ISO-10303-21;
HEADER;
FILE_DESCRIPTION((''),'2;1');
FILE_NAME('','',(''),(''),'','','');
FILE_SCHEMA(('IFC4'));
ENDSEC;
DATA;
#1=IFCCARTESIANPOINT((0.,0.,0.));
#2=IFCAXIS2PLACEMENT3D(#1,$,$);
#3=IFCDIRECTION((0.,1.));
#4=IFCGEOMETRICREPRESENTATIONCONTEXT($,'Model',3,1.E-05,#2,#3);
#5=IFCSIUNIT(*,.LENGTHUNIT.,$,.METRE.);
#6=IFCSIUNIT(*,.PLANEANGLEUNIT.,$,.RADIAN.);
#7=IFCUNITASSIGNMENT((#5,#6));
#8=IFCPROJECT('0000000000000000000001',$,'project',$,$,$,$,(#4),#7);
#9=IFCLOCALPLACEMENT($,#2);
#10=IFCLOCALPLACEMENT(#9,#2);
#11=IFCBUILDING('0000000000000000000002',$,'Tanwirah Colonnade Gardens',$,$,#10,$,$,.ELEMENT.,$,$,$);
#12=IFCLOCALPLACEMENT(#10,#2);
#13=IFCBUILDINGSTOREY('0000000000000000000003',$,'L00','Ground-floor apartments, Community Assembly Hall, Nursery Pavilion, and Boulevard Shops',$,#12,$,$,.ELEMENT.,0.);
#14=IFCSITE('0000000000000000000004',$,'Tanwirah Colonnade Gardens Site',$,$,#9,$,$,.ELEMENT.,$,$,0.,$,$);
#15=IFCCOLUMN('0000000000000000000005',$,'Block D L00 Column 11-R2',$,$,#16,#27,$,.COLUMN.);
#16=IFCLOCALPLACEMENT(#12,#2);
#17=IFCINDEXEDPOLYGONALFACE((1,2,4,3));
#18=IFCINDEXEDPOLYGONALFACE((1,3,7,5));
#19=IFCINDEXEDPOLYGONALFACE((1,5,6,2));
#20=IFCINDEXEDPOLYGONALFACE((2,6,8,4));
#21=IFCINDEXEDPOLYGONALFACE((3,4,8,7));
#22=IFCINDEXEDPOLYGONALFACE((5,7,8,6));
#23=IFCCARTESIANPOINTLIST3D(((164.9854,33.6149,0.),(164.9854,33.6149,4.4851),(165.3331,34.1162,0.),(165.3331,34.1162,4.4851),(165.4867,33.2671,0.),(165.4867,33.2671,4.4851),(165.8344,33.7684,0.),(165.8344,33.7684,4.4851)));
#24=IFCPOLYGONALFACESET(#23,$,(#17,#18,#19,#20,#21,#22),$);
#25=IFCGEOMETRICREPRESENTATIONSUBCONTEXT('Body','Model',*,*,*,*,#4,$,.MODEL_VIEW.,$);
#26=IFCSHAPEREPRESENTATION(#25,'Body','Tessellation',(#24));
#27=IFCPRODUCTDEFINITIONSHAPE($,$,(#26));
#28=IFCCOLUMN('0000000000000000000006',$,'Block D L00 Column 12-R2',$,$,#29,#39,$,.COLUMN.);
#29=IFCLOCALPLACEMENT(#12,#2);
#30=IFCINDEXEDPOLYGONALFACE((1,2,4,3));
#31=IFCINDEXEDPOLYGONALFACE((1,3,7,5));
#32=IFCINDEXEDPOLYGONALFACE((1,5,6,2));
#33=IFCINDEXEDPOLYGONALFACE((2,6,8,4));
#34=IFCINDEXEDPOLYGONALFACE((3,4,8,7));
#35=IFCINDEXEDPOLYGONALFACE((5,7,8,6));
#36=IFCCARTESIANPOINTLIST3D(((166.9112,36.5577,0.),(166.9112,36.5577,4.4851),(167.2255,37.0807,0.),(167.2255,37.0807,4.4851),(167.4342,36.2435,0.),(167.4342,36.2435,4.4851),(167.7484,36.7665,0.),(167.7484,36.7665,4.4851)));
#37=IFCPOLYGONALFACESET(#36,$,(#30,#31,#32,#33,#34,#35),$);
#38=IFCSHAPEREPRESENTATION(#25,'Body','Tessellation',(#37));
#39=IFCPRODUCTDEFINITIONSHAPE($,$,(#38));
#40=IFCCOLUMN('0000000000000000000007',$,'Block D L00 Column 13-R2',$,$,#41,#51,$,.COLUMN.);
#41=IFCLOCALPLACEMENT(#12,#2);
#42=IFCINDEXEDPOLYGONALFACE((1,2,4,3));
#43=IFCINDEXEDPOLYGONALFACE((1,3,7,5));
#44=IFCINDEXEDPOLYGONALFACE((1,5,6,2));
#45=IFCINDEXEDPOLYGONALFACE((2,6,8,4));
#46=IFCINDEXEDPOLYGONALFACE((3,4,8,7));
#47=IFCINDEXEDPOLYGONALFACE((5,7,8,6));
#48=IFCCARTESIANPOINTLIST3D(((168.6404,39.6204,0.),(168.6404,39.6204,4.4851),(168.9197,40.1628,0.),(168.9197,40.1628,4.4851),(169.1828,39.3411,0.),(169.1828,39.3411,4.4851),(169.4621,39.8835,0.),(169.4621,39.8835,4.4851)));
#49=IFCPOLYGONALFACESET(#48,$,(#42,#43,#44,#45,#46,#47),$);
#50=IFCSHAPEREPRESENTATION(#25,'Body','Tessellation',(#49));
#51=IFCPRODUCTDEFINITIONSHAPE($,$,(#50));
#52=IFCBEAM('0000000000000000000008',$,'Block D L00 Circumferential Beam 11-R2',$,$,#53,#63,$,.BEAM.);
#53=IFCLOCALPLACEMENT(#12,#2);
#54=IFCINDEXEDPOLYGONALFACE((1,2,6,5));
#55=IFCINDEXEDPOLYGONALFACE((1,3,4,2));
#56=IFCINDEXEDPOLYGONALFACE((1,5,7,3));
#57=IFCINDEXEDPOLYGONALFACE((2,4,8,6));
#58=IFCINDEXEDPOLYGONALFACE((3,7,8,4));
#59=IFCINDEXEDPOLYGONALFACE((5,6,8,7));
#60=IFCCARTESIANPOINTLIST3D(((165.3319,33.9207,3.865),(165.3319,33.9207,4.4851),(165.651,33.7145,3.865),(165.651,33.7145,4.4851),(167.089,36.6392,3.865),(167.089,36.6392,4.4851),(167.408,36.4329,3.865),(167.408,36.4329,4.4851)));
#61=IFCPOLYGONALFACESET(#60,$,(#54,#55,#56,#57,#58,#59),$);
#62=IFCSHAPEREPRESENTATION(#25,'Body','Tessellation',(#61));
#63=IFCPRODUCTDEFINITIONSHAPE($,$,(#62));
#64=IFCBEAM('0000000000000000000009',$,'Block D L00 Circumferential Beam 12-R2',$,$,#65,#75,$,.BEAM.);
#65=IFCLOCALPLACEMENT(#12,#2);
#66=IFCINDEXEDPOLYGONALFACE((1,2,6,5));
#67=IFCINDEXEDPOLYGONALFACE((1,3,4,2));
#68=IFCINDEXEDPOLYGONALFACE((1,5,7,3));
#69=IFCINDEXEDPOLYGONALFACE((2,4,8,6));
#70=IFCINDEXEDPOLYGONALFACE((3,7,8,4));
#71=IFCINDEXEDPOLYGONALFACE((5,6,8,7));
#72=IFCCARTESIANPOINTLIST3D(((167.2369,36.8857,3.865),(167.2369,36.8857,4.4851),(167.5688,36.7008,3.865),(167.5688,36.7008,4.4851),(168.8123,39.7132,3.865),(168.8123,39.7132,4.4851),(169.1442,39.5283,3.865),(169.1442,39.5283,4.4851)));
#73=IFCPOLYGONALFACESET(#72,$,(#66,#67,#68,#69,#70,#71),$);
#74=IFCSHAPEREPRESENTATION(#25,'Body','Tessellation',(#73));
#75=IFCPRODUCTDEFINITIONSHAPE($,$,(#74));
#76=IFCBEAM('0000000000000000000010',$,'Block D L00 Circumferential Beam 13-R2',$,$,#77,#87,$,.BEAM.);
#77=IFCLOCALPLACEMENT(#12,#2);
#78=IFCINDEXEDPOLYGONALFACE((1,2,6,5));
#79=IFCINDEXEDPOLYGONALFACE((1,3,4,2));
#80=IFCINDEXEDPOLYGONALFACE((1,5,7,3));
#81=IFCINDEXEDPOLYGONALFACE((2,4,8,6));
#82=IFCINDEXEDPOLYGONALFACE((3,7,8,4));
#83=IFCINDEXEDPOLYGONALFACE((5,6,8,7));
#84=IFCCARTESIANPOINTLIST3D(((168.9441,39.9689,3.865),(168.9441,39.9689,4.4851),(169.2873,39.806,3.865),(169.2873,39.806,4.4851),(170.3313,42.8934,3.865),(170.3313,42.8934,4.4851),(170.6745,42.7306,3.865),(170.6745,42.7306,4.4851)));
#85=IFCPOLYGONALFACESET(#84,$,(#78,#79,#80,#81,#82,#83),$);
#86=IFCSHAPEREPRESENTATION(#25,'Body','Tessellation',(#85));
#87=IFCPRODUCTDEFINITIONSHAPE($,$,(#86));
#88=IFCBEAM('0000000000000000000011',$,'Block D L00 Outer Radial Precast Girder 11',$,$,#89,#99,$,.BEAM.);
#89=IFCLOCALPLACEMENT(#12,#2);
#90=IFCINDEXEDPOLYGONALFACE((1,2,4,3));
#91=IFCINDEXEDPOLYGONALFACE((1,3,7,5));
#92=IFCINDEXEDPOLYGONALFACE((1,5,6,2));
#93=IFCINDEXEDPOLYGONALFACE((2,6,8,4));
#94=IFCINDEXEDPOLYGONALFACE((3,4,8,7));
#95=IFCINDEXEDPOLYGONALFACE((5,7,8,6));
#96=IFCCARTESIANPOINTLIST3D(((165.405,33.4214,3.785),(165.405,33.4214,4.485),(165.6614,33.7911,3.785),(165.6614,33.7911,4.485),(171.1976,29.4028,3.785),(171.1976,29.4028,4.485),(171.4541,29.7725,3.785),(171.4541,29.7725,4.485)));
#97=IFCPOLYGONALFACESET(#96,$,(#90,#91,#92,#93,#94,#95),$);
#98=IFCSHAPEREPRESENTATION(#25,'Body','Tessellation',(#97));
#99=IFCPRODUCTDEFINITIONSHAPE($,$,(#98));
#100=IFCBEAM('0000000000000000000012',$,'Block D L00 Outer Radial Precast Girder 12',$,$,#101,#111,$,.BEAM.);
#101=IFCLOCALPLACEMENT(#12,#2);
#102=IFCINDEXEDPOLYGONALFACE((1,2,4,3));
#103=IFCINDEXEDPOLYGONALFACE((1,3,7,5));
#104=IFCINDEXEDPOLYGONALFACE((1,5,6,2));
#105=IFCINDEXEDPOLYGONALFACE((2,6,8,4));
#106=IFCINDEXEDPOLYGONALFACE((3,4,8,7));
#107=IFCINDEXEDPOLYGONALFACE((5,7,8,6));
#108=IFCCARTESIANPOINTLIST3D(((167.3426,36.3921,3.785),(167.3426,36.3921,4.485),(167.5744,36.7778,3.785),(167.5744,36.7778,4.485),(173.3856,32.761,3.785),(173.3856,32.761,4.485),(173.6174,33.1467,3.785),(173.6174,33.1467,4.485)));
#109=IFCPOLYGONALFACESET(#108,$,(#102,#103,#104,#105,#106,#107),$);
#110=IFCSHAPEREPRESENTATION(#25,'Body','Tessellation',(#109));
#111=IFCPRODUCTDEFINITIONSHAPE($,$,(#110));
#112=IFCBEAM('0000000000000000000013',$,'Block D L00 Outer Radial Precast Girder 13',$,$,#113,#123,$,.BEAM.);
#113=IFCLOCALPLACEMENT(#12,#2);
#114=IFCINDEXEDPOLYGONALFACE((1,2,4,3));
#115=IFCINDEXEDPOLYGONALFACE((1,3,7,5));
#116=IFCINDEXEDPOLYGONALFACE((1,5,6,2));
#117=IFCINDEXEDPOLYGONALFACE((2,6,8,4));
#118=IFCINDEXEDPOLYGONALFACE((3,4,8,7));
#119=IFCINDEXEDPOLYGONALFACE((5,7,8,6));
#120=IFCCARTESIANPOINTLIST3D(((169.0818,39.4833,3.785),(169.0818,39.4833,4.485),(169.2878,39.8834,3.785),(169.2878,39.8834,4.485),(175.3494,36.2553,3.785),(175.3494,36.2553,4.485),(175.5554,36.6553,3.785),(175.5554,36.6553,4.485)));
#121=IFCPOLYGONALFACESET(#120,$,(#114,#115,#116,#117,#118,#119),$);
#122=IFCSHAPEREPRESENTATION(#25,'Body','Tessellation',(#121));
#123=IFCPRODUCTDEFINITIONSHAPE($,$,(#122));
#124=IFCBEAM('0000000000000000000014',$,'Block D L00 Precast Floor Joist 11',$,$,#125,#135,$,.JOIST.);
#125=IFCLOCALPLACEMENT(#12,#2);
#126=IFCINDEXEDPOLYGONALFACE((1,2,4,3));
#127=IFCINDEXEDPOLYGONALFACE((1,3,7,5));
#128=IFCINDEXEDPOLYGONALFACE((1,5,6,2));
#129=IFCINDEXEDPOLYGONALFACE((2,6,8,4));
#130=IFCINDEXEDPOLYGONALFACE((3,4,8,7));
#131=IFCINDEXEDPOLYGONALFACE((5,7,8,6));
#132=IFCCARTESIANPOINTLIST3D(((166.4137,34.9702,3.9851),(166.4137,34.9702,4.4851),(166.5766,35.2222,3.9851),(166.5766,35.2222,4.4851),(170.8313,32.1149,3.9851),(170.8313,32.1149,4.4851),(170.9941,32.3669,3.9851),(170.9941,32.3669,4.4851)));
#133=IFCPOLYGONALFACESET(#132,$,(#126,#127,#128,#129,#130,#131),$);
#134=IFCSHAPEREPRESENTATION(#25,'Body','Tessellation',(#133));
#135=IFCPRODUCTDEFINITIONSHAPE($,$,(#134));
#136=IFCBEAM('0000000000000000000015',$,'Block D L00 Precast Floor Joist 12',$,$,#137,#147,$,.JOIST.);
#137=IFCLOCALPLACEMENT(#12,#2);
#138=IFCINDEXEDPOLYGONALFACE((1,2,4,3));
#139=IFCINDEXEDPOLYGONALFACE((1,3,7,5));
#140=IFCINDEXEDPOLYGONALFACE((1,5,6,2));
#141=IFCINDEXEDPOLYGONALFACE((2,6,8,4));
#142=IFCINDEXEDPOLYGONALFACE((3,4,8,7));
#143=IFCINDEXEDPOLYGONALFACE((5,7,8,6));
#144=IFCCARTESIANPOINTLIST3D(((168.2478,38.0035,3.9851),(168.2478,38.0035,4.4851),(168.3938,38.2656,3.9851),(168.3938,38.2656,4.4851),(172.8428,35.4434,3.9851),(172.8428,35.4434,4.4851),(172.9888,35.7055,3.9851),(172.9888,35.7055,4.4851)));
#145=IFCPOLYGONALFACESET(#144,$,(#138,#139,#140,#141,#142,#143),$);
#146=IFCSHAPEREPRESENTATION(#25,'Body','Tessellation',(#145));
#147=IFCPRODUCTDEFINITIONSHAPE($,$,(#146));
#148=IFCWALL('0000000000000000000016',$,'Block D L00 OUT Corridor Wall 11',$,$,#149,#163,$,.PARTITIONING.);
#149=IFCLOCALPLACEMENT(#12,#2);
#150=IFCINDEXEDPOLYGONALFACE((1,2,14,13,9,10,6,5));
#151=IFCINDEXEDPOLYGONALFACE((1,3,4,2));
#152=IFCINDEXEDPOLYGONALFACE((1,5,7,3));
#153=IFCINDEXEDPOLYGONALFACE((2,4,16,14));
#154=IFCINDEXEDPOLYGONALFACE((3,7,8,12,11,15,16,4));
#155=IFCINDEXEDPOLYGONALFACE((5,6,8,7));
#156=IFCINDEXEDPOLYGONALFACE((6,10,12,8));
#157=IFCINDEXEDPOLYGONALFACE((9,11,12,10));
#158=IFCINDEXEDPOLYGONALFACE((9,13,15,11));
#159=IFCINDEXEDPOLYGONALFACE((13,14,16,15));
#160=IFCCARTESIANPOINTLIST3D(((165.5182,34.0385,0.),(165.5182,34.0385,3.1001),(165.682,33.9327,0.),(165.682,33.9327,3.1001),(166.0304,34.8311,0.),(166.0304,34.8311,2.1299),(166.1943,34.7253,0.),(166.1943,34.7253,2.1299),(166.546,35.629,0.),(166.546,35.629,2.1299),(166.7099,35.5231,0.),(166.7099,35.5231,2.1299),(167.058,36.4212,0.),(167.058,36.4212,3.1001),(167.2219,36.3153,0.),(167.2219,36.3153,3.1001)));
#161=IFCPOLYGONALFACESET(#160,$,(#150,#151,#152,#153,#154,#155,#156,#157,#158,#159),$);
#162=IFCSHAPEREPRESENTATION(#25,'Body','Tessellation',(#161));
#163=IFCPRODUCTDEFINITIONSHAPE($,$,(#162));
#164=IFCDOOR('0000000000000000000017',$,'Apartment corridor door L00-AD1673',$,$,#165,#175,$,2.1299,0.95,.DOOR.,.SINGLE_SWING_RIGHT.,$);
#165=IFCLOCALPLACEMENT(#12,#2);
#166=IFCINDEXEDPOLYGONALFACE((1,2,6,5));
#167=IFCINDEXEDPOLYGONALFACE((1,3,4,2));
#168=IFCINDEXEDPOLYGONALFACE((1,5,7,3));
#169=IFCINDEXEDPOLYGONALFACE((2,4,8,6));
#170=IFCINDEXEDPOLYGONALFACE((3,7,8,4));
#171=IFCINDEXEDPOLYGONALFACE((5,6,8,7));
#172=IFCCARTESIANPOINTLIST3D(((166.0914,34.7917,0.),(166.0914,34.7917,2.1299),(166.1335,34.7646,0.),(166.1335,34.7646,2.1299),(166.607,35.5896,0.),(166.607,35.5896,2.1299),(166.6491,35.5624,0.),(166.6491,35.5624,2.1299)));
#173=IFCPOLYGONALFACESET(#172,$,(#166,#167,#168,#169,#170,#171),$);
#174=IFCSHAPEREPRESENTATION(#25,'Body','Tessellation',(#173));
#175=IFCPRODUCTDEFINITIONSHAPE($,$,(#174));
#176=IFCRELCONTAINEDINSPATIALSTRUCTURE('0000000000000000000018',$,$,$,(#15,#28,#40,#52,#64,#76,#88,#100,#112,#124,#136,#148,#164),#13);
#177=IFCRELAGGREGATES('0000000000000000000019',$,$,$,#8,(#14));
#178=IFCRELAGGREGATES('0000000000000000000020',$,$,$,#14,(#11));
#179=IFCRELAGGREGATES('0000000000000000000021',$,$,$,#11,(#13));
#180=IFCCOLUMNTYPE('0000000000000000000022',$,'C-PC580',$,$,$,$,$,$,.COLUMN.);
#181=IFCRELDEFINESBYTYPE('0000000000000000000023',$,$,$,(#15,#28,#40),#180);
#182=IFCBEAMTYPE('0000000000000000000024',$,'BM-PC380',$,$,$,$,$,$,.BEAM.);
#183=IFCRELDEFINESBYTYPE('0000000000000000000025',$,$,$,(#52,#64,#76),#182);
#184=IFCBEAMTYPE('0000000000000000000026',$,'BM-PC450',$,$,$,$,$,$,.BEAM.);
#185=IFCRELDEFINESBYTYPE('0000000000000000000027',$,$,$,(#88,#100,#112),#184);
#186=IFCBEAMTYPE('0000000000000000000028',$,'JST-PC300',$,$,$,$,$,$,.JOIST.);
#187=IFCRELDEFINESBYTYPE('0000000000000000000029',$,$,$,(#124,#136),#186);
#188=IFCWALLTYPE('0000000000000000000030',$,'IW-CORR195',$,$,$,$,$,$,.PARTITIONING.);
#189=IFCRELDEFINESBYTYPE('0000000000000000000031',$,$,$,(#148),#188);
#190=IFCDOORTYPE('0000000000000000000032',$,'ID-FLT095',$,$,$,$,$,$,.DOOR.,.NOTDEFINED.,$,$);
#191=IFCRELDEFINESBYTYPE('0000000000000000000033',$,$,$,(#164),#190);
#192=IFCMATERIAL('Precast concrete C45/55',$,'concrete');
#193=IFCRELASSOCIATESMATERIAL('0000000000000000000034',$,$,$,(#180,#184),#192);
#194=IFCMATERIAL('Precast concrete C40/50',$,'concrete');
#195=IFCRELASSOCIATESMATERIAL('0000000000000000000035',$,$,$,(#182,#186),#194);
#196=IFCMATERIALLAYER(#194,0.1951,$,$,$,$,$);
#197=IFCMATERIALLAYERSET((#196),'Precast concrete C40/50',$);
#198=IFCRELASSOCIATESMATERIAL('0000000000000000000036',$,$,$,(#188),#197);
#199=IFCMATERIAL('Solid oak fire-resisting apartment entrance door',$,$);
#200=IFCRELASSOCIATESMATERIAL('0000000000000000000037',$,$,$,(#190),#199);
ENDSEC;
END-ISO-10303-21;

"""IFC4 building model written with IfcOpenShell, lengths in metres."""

from ifc_helpers import new_model, si_unit, direction, frame, frame_2d, origin, origin_2d, place, context, subcontext, project, spatial, rectangle, extrude, material, layer, layer_set, material_profile, profile_set, type_object, element, fill, save


model = new_model("IFC4")

# Units and contexts
model_context = context("Model", 3, precision=1e-05, world=origin(), true_north=direction((0.0, 1.0)))
body_context = subcontext(model_context, "Body", "Model", "MODEL_VIEW")
ifc_project = project(units=[si_unit("LENGTHUNIT", "METRE"), si_unit("PLANEANGLEUNIT", "RADIAN")], contexts=[model_context])

# Site, building, storey
site_placement = place(None, origin())
site = spatial("IfcSite", under=ifc_project, at=site_placement, Name="Tanwirah Colonnade Gardens Site", CompositionType="ELEMENT", RefElevation=0.0)
building_placement = place(site_placement, origin())
building = spatial("IfcBuilding", under=site, at=building_placement, Name="Tanwirah Colonnade Gardens", CompositionType="ELEMENT")
storey_placement = place(building_placement, origin())
storey = spatial("IfcBuildingStorey", under=building, at=storey_placement, Name="L00", Description="Ground-floor apartments, Community Assembly Hall, Nursery Pavilion, and Boulevard Shops", CompositionType="ELEMENT", Elevation=0.0)

# Columns
ifc_material_1 = material(Name="Precast concrete C45/55", Category="concrete")
ifc_material_profile_1 = material_profile(ifc_material_1, rectangle(XDim=0.6101, YDim=0.6101, at=origin_2d()), Name="PC-COL 610x610")
ifc_profile_set_1 = profile_set([ifc_material_profile_1], Name="Precast concrete C45/55")
column_type = type_object("IfcColumnType", Name="C-PC580", PredefinedType="COLUMN", material=ifc_profile_set_1)
for number, where, z_axis, x_axis, name in (
    (1, (165.4099, 33.6917, 0.0), (0.0, 0.0, 1.0), (0.821647, -0.569997, 0.0), "Block D L00 Column 11-R2"),
    (2, (167.3298, 36.6621, 0.0), (0.0, 0.0, 1.0), (0.857167, -0.515038, 0.0), "Block D L00 Column 12-R2"),
    (3, (169.0513, 39.752, 0.0), (0.0, 0.0, 1.0), (0.889017, -0.457874, 0.0), "Block D L00 Column 13-R2"),
):
    element("IfcColumn", number, at=place(storey_placement, frame(where, z_axis=z_axis, x_axis=x_axis)), inside=storey, type_object=column_type, Name=name, PredefinedType="COLUMN", context=body_context, shape_type="SweptSolid", body=[
        extrude(rectangle(XDim=0.6101, YDim=0.6101, at=origin_2d()), origin(), (0.0, 0.0, 1.0), 4.4851),
    ])

# Beams
ifc_material_2 = material(Name="Precast concrete C40/50", Category="concrete")
ifc_material_profile_2 = material_profile(ifc_material_2, rectangle(XDim=0.3799, YDim=0.6201, at=origin_2d()), Name="PC-BM 380x620")
ifc_profile_set_2 = profile_set([ifc_material_profile_2], Name="Precast concrete C40/50")
beam_type_1 = type_object("IfcBeamType", Name="BM-PC380", PredefinedType="BEAM", material=ifc_profile_set_2)
for number, where, z_axis, x_axis, name in (
    (4, (165.4915, 33.8176, 4.175), (0.542826, 0.839845, 0.0), (-0.839845, 0.542826, 0.0), "Block D L00 Circumferential Beam 11-R2"),
    (5, (167.4028, 36.7932, 4.175), (0.486712, 0.873562, 0.0), (-0.873562, 0.486712, 0.0), "Block D L00 Circumferential Beam 12-R2"),
    (6, (169.1157, 39.8875, 4.175), (0.428563, 0.903512, 0.0), (-0.903512, 0.428563, 0.0), "Block D L00 Circumferential Beam 13-R2"),
):
    element("IfcBeam", number, at=place(storey_placement, frame(where, z_axis=z_axis, x_axis=x_axis)), inside=storey, type_object=beam_type_1, Name=name, PredefinedType="BEAM", context=body_context, shape_type="SweptSolid", body=[
        extrude(rectangle(XDim=0.3799, YDim=0.6201, at=origin_2d()), origin(), (0.0, 0.0, 1.0), 3.2368),
    ])
ifc_material_profile_3 = material_profile(ifc_material_1, rectangle(XDim=0.45, YDim=0.7, at=origin_2d()), Name="PC-BM 450x700")
ifc_profile_set_3 = profile_set([ifc_material_profile_3], Name="Precast concrete C45/55")
beam_type_2 = type_object("IfcBeamType", Name="BM-PC450", PredefinedType="BEAM", material=ifc_profile_set_3)
for number, where, z_axis, x_axis, name in (
    (7, (165.5332, 33.6062, 4.135), (0.821647, -0.569997, 0.0), (0.569997, 0.821647, 0.0), "Block D L00 Outer Radial Precast Girder 11"),
    (8, (167.4585, 36.585, 4.135), (0.85716, -0.515051, 0.0), (0.515051, 0.85716, 0.0), "Block D L00 Outer Radial Precast Girder 12"),
    (9, (169.1848, 39.6833, 4.135), (0.889016, -0.457875, 0.0), (0.457875, 0.889016, 0.0), "Block D L00 Outer Radial Precast Girder 13"),
):
    element("IfcBeam", number, at=place(storey_placement, frame(where, z_axis=z_axis, x_axis=x_axis)), inside=storey, type_object=beam_type_2, Name=name, PredefinedType="BEAM", context=body_context, shape_type="SweptSolid", body=[
        extrude(rectangle(XDim=0.45, YDim=0.7, at=origin_2d()), origin(), (0.0, 0.0, 1.0), 7.05),
    ])
ifc_material_profile_4 = material_profile(ifc_material_2, rectangle(XDim=0.3, YDim=0.5, at=origin_2d()), Name="PC-JST 300x500")
ifc_profile_set_4 = profile_set([ifc_material_profile_4], Name="Precast concrete C40/50")
beam_type_3 = type_object("IfcBeamType", Name="JST-PC300", PredefinedType="JOIST", material=ifc_profile_set_4)
for number, where, z_axis, x_axis, name in (
    (10, (166.4951, 35.0962, 4.2351), (0.839843, -0.54283, 0.0), (0.54283, 0.839843, 0.0), "Block D L00 Precast Floor Joist 11"),
    (11, (168.3208, 38.1345, 4.2351), (0.873568, -0.486703, 0.0), (0.486703, 0.873568, 0.0), "Block D L00 Precast Floor Joist 12"),
):
    element("IfcBeam", number, at=place(storey_placement, frame(where, z_axis=z_axis, x_axis=x_axis)), inside=storey, type_object=beam_type_3, Name=name, PredefinedType="JOIST", context=body_context, shape_type="SweptSolid", body=[
        extrude(rectangle(XDim=0.3, YDim=0.5, at=origin_2d()), origin(), (0.0, 0.0, 1.0), 5.26),
    ])

# Wall, opening, door
ifc_layer_1 = layer(ifc_material_2, 0.1951)
ifc_layer_set_1 = layer_set([ifc_layer_1], Name="Precast concrete C40/50")
wall_type_1 = type_object("IfcWallType", Name="IW-CORR195", PredefinedType="PARTITIONING", material=ifc_layer_set_1)
wall_1_placement = place(storey_placement, frame((165.6001, 33.9856, 0.0), z_axis=(0.0, 0.0, 1.0), x_axis=(0.542787, 0.83987, 0.0)))
wall_1 = element("IfcWall", 12, at=wall_1_placement, inside=storey, type_object=wall_type_1, Name="Block D L00 OUT Corridor Wall 11", PredefinedType="PARTITIONING", context=body_context, shape_type="SweptSolid", body=[
    extrude(rectangle(XDim=2.8369, YDim=0.1951, at=frame_2d((1.4185, 0.0))), origin(), (0.0, 0.0, 1.0), 3.1001),
])
opening_1_placement = place(wall_1_placement, frame((0.9436, 0.0, 0.0)))
opening_1 = element("IfcOpeningElement", 13, at=opening_1_placement, cuts=wall_1, PredefinedType="OPENING", context=body_context, shape_type="SweptSolid", body=[
    extrude(rectangle(XDim=0.95, YDim=2.1299, at=frame_2d((0.4751, 1.0649))), frame((0.0, 0.1074, 0.0), z_axis=(0.0, -1.0, 0.0), x_axis=(1.0, 0.0, 0.0)), (0.0, 0.0, 1.0), 0.2151),
])
ifc_material_3 = material(Name="Solid oak fire-resisting apartment entrance door")
door_type_1 = type_object("IfcDoorType", Name="ID-FLT095", OperationType="NOTDEFINED", PredefinedType="DOOR", material=ifc_material_3)
door_1_placement = place(opening_1_placement, origin())
door_1 = element("IfcDoor", 14, at=door_1_placement, inside=storey, type_object=door_type_1, Name="Apartment corridor door L00-AD1673", OperationType="SINGLE_SWING_RIGHT", OverallHeight=2.1299, OverallWidth=0.95, PredefinedType="DOOR", context=body_context, shape_type="SweptSolid", body=[
    extrude(rectangle(XDim=0.95, YDim=2.1299, at=frame_2d((0.4751, 1.0649))), frame((0.0, 0.0249, 0.0), z_axis=(0.0, -1.0, 0.0), x_axis=(1.0, 0.0, 0.0)), (0.0, 0.0, 1.0), 0.05),
])
fill(opening_1, door_1)

save(model, "model.ifc")
